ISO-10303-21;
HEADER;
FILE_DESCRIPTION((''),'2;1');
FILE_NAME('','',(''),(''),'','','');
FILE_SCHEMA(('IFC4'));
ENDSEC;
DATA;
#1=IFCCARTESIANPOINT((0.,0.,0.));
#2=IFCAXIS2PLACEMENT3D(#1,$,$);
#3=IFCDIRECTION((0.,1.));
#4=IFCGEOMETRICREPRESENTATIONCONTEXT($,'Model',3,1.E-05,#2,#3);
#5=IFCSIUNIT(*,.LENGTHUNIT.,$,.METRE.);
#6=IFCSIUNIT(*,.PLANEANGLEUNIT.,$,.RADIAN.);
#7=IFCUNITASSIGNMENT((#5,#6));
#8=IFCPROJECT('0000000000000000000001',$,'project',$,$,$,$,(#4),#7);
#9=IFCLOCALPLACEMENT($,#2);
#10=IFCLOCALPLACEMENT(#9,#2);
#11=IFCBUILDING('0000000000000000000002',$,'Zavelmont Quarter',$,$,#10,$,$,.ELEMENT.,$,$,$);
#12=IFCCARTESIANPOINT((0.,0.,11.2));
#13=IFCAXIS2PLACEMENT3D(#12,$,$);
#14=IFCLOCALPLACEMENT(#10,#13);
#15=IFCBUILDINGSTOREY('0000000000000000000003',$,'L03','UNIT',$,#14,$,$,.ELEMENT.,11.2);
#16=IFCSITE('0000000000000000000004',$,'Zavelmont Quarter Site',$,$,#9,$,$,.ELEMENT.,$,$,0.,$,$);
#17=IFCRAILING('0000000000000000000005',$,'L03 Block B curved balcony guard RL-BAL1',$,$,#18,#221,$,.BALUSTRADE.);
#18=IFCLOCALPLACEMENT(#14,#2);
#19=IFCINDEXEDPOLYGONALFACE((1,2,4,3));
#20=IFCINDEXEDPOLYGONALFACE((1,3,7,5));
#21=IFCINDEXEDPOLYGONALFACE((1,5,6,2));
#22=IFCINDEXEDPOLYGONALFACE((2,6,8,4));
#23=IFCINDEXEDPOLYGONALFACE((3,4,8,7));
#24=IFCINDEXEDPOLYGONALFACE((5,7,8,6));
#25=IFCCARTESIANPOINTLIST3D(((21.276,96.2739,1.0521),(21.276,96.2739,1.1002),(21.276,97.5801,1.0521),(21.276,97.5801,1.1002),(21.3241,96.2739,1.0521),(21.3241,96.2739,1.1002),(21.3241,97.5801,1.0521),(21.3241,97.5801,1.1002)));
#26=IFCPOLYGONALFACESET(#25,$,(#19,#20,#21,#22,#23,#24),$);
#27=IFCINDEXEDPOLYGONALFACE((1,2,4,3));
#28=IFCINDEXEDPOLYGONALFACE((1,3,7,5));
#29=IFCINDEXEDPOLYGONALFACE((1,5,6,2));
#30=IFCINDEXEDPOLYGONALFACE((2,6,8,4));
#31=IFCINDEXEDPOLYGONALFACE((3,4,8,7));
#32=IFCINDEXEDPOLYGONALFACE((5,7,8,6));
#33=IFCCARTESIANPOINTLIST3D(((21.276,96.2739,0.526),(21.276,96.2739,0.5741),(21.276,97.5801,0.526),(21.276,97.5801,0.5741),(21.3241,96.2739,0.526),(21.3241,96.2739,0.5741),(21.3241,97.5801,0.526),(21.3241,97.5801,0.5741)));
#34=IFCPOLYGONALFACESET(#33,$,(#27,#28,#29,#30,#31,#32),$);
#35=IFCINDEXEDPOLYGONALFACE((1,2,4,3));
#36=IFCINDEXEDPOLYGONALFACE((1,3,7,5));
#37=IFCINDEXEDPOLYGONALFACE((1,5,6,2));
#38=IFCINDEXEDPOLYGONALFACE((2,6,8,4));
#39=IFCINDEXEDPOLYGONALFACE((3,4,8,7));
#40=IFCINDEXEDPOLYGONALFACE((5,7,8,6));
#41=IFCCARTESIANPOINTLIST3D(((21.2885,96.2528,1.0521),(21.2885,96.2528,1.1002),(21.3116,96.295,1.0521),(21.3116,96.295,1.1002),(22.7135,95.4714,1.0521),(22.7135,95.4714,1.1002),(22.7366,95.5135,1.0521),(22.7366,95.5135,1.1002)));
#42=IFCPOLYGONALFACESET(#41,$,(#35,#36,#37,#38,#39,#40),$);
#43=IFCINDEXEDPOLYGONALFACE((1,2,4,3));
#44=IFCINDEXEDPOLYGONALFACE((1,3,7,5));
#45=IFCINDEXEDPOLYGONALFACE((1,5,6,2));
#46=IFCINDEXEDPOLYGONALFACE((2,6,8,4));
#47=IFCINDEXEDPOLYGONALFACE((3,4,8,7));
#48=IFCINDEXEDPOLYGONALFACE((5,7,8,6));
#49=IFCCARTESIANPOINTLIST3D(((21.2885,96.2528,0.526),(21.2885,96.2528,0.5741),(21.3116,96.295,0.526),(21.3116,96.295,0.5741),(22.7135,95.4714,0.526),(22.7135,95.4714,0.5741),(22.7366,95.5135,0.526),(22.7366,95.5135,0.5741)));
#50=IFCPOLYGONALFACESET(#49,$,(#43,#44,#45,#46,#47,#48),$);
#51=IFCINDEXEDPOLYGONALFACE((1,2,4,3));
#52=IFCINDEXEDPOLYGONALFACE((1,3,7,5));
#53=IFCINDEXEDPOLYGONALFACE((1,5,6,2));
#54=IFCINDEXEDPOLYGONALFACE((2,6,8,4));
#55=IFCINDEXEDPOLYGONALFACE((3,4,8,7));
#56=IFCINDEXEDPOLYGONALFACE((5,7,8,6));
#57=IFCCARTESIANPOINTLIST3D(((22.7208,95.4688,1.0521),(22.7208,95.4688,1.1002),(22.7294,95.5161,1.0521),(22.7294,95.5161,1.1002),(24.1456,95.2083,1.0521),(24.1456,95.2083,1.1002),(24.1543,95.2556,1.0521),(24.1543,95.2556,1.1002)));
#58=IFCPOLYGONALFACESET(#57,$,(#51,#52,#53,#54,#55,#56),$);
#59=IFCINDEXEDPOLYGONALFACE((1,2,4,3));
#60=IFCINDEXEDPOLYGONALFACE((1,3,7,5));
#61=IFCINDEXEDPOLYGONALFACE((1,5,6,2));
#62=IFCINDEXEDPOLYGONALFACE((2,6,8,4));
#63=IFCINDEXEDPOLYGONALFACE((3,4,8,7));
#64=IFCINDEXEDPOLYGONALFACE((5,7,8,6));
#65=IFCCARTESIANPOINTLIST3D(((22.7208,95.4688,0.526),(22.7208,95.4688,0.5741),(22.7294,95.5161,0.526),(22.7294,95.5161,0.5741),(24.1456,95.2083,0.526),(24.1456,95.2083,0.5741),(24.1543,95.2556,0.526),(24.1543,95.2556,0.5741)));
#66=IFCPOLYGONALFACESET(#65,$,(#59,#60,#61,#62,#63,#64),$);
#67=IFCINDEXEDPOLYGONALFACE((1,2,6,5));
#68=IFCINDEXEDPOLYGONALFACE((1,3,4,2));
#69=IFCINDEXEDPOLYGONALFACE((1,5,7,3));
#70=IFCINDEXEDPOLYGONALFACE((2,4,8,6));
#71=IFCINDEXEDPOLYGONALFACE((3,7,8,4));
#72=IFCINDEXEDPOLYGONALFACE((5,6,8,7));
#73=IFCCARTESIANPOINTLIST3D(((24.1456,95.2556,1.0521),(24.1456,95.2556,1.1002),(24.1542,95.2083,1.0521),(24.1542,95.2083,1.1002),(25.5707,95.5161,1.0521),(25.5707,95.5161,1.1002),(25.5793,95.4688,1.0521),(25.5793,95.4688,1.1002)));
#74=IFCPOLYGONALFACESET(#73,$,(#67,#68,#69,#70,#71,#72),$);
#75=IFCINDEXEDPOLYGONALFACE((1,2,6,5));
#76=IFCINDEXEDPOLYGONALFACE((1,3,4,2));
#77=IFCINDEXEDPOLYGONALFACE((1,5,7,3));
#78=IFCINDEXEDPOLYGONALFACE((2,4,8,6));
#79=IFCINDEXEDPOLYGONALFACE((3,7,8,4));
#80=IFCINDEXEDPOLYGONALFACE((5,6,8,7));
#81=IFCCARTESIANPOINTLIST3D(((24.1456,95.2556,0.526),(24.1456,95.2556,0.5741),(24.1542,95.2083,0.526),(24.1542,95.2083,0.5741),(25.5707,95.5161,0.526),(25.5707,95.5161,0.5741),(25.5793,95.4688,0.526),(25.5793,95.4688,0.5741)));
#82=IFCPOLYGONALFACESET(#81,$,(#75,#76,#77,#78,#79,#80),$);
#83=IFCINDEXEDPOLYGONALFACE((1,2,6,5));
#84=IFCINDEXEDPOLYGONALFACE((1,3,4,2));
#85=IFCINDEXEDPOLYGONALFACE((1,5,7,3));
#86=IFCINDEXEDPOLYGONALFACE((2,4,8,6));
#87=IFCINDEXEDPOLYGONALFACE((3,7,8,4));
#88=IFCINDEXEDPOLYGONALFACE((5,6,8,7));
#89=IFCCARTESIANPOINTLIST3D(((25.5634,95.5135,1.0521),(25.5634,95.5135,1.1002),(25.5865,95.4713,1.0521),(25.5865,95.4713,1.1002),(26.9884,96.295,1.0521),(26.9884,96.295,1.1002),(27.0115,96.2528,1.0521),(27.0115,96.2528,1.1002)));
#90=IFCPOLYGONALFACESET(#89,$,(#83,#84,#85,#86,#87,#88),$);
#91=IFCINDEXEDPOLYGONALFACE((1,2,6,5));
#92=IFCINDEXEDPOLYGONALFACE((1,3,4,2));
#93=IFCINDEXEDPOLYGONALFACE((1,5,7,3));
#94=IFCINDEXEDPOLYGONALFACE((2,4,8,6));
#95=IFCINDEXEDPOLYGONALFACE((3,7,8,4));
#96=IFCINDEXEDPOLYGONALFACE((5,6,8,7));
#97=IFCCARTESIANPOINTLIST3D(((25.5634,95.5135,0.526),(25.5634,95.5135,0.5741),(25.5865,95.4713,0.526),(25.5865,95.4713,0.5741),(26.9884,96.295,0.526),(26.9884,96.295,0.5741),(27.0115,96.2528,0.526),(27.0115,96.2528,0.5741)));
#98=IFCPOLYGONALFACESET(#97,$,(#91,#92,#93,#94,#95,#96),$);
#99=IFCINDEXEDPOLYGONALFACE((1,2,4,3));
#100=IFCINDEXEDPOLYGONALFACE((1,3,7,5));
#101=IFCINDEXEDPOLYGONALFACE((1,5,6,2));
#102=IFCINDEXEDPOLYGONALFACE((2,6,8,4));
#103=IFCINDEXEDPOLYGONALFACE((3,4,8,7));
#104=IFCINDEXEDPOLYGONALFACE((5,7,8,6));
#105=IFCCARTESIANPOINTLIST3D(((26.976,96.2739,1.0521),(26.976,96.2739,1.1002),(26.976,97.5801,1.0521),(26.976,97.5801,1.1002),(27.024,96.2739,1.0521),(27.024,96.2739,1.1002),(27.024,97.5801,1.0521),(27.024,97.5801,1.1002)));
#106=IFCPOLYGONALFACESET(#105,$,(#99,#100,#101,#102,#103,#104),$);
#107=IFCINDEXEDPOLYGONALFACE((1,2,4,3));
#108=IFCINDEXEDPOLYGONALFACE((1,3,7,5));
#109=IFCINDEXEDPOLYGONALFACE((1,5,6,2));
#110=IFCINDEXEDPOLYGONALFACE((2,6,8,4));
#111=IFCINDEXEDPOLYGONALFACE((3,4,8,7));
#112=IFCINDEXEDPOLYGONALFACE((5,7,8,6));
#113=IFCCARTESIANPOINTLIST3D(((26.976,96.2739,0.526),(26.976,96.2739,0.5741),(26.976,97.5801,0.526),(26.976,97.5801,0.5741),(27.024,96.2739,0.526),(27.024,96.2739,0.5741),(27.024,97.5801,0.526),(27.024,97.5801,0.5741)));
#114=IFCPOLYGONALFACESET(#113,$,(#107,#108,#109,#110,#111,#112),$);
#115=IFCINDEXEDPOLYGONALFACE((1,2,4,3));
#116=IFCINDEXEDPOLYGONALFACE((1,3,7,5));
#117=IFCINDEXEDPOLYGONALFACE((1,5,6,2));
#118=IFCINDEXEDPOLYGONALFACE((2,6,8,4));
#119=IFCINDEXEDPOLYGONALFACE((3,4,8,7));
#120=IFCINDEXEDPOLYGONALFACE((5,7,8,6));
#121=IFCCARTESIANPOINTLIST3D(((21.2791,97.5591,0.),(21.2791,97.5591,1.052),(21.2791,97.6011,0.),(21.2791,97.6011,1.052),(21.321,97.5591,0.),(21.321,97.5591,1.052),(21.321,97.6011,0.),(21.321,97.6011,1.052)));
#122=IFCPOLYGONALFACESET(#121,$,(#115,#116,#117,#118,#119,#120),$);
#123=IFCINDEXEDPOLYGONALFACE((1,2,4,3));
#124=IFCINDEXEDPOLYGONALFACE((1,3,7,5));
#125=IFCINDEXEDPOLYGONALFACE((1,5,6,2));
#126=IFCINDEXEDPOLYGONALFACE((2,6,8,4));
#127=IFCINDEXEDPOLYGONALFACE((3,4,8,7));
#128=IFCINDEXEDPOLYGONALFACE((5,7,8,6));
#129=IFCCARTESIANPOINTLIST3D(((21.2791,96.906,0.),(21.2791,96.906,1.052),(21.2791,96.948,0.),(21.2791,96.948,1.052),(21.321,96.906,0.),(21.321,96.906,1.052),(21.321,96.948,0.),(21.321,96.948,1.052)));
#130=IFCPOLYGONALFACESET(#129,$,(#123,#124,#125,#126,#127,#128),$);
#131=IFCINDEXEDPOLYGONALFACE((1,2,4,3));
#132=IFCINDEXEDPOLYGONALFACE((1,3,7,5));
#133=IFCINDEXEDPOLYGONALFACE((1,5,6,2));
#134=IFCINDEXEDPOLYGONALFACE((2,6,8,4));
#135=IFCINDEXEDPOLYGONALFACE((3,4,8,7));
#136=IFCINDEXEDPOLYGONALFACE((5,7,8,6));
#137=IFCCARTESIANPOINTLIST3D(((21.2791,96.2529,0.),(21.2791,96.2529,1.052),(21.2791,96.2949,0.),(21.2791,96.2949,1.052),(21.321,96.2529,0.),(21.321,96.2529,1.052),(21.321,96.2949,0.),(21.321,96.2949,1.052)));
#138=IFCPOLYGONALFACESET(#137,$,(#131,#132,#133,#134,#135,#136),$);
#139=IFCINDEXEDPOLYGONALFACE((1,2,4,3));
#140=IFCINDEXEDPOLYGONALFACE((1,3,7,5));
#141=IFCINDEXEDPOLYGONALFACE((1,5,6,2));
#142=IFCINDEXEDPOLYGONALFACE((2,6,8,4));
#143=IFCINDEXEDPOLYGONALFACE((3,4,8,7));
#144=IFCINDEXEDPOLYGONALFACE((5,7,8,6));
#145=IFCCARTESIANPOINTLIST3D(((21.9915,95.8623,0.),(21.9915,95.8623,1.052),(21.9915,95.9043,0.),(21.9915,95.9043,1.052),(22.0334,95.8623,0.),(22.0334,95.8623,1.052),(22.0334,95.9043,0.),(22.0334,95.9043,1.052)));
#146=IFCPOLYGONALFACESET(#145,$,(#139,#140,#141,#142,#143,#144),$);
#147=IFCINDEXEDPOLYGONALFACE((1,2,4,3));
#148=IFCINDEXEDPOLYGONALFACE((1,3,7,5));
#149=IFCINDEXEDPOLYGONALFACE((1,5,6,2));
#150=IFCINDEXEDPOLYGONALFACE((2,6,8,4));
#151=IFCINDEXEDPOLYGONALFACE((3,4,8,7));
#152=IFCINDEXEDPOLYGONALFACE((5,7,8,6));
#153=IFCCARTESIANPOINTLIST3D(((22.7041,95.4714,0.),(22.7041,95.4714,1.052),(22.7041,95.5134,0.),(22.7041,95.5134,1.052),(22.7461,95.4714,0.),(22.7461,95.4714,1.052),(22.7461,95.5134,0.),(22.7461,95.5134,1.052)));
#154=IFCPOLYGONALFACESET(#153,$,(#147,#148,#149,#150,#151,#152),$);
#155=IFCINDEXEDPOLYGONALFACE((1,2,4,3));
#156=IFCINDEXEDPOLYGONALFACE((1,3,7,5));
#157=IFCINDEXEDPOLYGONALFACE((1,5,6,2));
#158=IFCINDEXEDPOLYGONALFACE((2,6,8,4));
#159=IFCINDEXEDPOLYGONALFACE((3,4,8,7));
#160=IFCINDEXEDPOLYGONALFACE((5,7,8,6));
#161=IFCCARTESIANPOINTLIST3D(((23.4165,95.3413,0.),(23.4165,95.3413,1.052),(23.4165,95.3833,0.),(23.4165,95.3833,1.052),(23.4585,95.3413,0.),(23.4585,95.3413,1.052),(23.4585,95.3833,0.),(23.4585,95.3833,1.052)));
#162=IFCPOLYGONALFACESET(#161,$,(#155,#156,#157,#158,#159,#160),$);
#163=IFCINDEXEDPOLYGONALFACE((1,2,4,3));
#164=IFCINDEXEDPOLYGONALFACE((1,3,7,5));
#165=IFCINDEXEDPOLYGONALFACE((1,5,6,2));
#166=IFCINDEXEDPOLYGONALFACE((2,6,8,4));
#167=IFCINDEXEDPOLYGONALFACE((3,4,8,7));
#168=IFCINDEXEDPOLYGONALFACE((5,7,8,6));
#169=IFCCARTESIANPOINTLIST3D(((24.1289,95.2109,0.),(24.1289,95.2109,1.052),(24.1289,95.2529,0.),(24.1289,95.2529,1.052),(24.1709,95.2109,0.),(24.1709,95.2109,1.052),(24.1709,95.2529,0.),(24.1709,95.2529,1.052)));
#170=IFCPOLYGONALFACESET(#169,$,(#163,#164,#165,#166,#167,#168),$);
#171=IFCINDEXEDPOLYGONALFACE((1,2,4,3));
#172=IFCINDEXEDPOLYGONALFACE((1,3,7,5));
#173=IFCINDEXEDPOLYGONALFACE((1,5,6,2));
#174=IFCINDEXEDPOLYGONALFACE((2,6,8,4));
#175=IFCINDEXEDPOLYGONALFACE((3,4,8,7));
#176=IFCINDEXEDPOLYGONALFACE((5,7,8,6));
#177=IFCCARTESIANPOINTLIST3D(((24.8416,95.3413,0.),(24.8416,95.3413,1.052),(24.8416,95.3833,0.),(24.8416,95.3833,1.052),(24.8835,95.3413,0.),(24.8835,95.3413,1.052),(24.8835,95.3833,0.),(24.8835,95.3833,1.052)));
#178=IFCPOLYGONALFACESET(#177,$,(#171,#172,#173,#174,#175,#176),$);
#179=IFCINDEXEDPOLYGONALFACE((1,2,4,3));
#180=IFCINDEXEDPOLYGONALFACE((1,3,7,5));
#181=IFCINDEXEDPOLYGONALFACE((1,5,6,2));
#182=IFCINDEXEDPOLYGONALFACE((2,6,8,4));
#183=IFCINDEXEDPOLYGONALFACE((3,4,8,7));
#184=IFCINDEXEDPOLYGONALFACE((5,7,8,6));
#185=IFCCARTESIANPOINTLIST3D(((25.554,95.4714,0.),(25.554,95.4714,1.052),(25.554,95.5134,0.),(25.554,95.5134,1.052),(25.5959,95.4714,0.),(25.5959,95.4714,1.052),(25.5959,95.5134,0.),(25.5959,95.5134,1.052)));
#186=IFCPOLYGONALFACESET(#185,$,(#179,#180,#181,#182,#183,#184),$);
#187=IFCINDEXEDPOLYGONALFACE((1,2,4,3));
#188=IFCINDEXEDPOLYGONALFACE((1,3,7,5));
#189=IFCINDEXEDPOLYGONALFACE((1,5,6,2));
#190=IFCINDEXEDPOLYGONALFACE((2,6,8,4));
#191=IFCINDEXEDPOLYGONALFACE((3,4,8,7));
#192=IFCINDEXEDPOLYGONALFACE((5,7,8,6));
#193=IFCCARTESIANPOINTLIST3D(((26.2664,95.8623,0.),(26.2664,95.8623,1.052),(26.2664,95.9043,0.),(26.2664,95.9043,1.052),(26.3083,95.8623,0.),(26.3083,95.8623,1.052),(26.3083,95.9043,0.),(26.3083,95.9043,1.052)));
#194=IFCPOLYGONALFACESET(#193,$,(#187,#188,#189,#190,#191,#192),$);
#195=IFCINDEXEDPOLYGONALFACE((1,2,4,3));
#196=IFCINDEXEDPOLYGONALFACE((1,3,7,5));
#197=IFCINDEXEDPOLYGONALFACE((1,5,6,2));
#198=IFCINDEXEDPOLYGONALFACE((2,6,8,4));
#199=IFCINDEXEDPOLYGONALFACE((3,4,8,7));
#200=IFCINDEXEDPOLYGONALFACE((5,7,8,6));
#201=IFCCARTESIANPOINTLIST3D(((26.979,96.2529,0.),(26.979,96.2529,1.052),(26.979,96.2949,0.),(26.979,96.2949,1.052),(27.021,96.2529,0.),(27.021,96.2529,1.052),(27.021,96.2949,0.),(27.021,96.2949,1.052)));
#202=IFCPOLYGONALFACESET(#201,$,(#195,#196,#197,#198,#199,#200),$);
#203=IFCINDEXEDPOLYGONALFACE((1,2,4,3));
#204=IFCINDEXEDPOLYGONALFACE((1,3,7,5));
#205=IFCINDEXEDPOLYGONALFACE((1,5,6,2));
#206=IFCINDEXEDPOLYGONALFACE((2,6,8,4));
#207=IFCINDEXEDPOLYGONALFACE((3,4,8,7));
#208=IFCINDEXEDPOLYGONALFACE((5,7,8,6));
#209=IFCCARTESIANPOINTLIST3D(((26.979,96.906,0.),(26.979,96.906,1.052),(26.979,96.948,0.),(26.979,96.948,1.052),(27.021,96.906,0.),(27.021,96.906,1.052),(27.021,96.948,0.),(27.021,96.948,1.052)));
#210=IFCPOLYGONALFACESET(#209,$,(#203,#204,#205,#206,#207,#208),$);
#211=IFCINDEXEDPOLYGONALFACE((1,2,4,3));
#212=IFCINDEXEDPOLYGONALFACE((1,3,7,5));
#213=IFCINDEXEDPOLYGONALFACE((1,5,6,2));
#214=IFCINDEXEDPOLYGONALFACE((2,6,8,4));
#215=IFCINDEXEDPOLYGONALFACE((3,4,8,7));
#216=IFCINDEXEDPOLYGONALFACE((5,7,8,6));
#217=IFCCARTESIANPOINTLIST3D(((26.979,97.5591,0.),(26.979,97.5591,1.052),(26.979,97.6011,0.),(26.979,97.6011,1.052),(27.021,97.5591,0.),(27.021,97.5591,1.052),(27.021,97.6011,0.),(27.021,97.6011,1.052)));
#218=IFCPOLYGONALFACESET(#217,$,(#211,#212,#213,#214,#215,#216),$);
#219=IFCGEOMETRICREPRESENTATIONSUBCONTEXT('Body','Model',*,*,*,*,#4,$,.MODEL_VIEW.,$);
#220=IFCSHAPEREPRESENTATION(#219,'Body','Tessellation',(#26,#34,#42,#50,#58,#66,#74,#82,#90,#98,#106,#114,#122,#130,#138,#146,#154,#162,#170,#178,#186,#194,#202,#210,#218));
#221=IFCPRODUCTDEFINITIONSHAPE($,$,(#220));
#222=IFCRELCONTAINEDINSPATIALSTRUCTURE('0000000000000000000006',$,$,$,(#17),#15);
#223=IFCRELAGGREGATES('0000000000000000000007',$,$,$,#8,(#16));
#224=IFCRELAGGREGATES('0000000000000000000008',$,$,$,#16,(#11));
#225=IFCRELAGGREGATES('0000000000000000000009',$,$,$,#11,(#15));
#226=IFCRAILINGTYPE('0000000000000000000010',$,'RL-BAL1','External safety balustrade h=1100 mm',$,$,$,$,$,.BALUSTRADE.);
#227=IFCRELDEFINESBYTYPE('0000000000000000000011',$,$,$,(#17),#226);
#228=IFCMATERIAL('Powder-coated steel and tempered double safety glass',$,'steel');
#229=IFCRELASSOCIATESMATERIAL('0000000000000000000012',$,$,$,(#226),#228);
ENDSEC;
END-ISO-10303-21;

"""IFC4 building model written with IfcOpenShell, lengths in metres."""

from ifc_helpers import new_model, si_unit, direction, frame, origin, origin_2d, place, context, subcontext, project, spatial, rectangle, extrude, material, type_object, element, save


model = new_model("IFC4")

# Units and contexts
model_context = context("Model", 3, precision=1e-05, world=origin(), true_north=direction((0.0, 1.0)))
body_context = subcontext(model_context, "Body", "Model", "MODEL_VIEW")
ifc_project = project(units=[si_unit("LENGTHUNIT", "METRE"), si_unit("PLANEANGLEUNIT", "RADIAN")], contexts=[model_context])

# Site, building, storey
site_placement = place(None, origin())
site = spatial("IfcSite", under=ifc_project, at=site_placement, Name="Zavelmont Quarter Site", CompositionType="ELEMENT", RefElevation=0.0)
building_placement = place(site_placement, origin())
building = spatial("IfcBuilding", under=site, at=building_placement, Name="Zavelmont Quarter", CompositionType="ELEMENT")
storey_placement = place(building_placement, frame((0.0, 0.0, 11.2)))
storey = spatial("IfcBuildingStorey", under=building, at=storey_placement, Name="L03", Description="UNIT", CompositionType="ELEMENT", Elevation=11.2)

# Railing
ifc_material_1 = material(Name="Powder-coated steel and tempered double safety glass", Category="steel")
railing_type = type_object("IfcRailingType", Name="RL-BAL1", Description="External safety balustrade h=1100 mm", PredefinedType="BALUSTRADE", material=ifc_material_1)
railing_placement = place(storey_placement, frame((21.3, 97.5801, 0.0)))
element("IfcRailing", 1, at=railing_placement, inside=storey, type_object=railing_type, Name="L03 Block B curved balcony guard RL-BAL1", PredefinedType="BALUSTRADE", context=body_context, shape_type="SweptSolid", body=[
    extrude(rectangle(XDim=0.0481, YDim=0.0481, at=origin_2d()), frame((0.0, 0.0, 1.0762), z_axis=(0.0, -1.0, 0.0), x_axis=(1.0, 0.0, 0.0)), (0.0, 0.0, 1.0), 1.3062),
    extrude(rectangle(XDim=0.0481, YDim=0.0481, at=origin_2d()), frame((0.0, 0.0, 0.55), z_axis=(0.0, -1.0, 0.0), x_axis=(1.0, 0.0, 0.0)), (0.0, 0.0, 1.0), 1.3062),
    extrude(rectangle(XDim=0.0481, YDim=0.0481, at=origin_2d()), frame((0.0, -1.3062, 1.0762), z_axis=(0.876808, -0.48084, 0.0), x_axis=(0.48084, 0.876808, 0.0)), (0.0, 0.0, 1.0), 1.6252),
    extrude(rectangle(XDim=0.0481, YDim=0.0481, at=origin_2d()), frame((0.0, -1.3062, 0.55), z_axis=(0.876808, -0.48084, 0.0), x_axis=(0.48084, 0.876808, 0.0)), (0.0, 0.0, 1.0), 1.6252),
    extrude(rectangle(XDim=0.0481, YDim=0.0481, at=origin_2d()), frame((1.425, -2.0876, 1.0762), z_axis=(0.983694, -0.179849, 0.0), x_axis=(0.179849, 0.983694, 0.0)), (0.0, 0.0, 1.0), 1.4485),
    extrude(rectangle(XDim=0.0481, YDim=0.0481, at=origin_2d()), frame((1.425, -2.0876, 0.55), z_axis=(0.983694, -0.179849, 0.0), x_axis=(0.179849, 0.983694, 0.0)), (0.0, 0.0, 1.0), 1.4485),
    extrude(rectangle(XDim=0.0481, YDim=0.0481, at=origin_2d()), frame((2.8499, -2.3481, 1.0762), z_axis=(0.9837, 0.17982, 0.0), x_axis=(-0.17982, 0.9837, 0.0)), (0.0, 0.0, 1.0), 1.4487),
    extrude(rectangle(XDim=0.0481, YDim=0.0481, at=origin_2d()), frame((2.8499, -2.3481, 0.55), z_axis=(0.9837, 0.17982, 0.0), x_axis=(-0.17982, 0.9837, 0.0)), (0.0, 0.0, 1.0), 1.4487),
    extrude(rectangle(XDim=0.0481, YDim=0.0481, at=origin_2d()), frame((4.2749, -2.0876, 1.0762), z_axis=(0.876808, 0.48084, 0.0), x_axis=(-0.48084, 0.876808, 0.0)), (0.0, 0.0, 1.0), 1.6252),
    extrude(rectangle(XDim=0.0481, YDim=0.0481, at=origin_2d()), frame((4.2749, -2.0876, 0.55), z_axis=(0.876808, 0.48084, 0.0), x_axis=(-0.48084, 0.876808, 0.0)), (0.0, 0.0, 1.0), 1.6252),
    extrude(rectangle(XDim=0.0481, YDim=0.0481, at=origin_2d()), frame((5.7, -1.3062, 1.0762), z_axis=(0.0, 1.0, 0.0), x_axis=(-1.0, 0.0, 0.0)), (0.0, 0.0, 1.0), 1.3062),
    extrude(rectangle(XDim=0.0481, YDim=0.0481, at=origin_2d()), frame((5.7, -1.3062, 0.55), z_axis=(0.0, 1.0, 0.0), x_axis=(-1.0, 0.0, 0.0)), (0.0, 0.0, 1.0), 1.3062),
    extrude(rectangle(XDim=0.042, YDim=0.042, at=origin_2d()), origin(), (0.0, 0.0, 1.0), 1.052),
    extrude(rectangle(XDim=0.042, YDim=0.042, at=origin_2d()), frame((0.0, -0.6531, 0.0)), (0.0, 0.0, 1.0), 1.052),
    extrude(rectangle(XDim=0.042, YDim=0.042, at=origin_2d()), frame((0.0, -1.3062, 0.0)), (0.0, 0.0, 1.0), 1.052),
    extrude(rectangle(XDim=0.042, YDim=0.042, at=origin_2d()), frame((0.7124, -1.6968, 0.0)), (0.0, 0.0, 1.0), 1.052),
    extrude(rectangle(XDim=0.042, YDim=0.042, at=origin_2d()), frame((1.425, -2.0876, 0.0)), (0.0, 0.0, 1.0), 1.052),
    extrude(rectangle(XDim=0.042, YDim=0.042, at=origin_2d()), frame((2.1375, -2.2178, 0.0)), (0.0, 0.0, 1.0), 1.052),
    extrude(rectangle(XDim=0.042, YDim=0.042, at=origin_2d()), frame((2.8499, -2.3481, 0.0)), (0.0, 0.0, 1.0), 1.052),
    extrude(rectangle(XDim=0.042, YDim=0.042, at=origin_2d()), frame((3.5625, -2.2178, 0.0)), (0.0, 0.0, 1.0), 1.052),
    extrude(rectangle(XDim=0.042, YDim=0.042, at=origin_2d()), frame((4.2749, -2.0876, 0.0)), (0.0, 0.0, 1.0), 1.052),
    extrude(rectangle(XDim=0.042, YDim=0.042, at=origin_2d()), frame((4.9873, -1.6968, 0.0)), (0.0, 0.0, 1.0), 1.052),
    extrude(rectangle(XDim=0.042, YDim=0.042, at=origin_2d()), frame((5.7, -1.3062, 0.0)), (0.0, 0.0, 1.0), 1.052),
    extrude(rectangle(XDim=0.042, YDim=0.042, at=origin_2d()), frame((5.7, -0.6531, 0.0)), (0.0, 0.0, 1.0), 1.052),
    extrude(rectangle(XDim=0.042, YDim=0.042, at=origin_2d()), frame((5.7, 0.0, 0.0)), (0.0, 0.0, 1.0), 1.052),
])

save(model, "model.ifc")
